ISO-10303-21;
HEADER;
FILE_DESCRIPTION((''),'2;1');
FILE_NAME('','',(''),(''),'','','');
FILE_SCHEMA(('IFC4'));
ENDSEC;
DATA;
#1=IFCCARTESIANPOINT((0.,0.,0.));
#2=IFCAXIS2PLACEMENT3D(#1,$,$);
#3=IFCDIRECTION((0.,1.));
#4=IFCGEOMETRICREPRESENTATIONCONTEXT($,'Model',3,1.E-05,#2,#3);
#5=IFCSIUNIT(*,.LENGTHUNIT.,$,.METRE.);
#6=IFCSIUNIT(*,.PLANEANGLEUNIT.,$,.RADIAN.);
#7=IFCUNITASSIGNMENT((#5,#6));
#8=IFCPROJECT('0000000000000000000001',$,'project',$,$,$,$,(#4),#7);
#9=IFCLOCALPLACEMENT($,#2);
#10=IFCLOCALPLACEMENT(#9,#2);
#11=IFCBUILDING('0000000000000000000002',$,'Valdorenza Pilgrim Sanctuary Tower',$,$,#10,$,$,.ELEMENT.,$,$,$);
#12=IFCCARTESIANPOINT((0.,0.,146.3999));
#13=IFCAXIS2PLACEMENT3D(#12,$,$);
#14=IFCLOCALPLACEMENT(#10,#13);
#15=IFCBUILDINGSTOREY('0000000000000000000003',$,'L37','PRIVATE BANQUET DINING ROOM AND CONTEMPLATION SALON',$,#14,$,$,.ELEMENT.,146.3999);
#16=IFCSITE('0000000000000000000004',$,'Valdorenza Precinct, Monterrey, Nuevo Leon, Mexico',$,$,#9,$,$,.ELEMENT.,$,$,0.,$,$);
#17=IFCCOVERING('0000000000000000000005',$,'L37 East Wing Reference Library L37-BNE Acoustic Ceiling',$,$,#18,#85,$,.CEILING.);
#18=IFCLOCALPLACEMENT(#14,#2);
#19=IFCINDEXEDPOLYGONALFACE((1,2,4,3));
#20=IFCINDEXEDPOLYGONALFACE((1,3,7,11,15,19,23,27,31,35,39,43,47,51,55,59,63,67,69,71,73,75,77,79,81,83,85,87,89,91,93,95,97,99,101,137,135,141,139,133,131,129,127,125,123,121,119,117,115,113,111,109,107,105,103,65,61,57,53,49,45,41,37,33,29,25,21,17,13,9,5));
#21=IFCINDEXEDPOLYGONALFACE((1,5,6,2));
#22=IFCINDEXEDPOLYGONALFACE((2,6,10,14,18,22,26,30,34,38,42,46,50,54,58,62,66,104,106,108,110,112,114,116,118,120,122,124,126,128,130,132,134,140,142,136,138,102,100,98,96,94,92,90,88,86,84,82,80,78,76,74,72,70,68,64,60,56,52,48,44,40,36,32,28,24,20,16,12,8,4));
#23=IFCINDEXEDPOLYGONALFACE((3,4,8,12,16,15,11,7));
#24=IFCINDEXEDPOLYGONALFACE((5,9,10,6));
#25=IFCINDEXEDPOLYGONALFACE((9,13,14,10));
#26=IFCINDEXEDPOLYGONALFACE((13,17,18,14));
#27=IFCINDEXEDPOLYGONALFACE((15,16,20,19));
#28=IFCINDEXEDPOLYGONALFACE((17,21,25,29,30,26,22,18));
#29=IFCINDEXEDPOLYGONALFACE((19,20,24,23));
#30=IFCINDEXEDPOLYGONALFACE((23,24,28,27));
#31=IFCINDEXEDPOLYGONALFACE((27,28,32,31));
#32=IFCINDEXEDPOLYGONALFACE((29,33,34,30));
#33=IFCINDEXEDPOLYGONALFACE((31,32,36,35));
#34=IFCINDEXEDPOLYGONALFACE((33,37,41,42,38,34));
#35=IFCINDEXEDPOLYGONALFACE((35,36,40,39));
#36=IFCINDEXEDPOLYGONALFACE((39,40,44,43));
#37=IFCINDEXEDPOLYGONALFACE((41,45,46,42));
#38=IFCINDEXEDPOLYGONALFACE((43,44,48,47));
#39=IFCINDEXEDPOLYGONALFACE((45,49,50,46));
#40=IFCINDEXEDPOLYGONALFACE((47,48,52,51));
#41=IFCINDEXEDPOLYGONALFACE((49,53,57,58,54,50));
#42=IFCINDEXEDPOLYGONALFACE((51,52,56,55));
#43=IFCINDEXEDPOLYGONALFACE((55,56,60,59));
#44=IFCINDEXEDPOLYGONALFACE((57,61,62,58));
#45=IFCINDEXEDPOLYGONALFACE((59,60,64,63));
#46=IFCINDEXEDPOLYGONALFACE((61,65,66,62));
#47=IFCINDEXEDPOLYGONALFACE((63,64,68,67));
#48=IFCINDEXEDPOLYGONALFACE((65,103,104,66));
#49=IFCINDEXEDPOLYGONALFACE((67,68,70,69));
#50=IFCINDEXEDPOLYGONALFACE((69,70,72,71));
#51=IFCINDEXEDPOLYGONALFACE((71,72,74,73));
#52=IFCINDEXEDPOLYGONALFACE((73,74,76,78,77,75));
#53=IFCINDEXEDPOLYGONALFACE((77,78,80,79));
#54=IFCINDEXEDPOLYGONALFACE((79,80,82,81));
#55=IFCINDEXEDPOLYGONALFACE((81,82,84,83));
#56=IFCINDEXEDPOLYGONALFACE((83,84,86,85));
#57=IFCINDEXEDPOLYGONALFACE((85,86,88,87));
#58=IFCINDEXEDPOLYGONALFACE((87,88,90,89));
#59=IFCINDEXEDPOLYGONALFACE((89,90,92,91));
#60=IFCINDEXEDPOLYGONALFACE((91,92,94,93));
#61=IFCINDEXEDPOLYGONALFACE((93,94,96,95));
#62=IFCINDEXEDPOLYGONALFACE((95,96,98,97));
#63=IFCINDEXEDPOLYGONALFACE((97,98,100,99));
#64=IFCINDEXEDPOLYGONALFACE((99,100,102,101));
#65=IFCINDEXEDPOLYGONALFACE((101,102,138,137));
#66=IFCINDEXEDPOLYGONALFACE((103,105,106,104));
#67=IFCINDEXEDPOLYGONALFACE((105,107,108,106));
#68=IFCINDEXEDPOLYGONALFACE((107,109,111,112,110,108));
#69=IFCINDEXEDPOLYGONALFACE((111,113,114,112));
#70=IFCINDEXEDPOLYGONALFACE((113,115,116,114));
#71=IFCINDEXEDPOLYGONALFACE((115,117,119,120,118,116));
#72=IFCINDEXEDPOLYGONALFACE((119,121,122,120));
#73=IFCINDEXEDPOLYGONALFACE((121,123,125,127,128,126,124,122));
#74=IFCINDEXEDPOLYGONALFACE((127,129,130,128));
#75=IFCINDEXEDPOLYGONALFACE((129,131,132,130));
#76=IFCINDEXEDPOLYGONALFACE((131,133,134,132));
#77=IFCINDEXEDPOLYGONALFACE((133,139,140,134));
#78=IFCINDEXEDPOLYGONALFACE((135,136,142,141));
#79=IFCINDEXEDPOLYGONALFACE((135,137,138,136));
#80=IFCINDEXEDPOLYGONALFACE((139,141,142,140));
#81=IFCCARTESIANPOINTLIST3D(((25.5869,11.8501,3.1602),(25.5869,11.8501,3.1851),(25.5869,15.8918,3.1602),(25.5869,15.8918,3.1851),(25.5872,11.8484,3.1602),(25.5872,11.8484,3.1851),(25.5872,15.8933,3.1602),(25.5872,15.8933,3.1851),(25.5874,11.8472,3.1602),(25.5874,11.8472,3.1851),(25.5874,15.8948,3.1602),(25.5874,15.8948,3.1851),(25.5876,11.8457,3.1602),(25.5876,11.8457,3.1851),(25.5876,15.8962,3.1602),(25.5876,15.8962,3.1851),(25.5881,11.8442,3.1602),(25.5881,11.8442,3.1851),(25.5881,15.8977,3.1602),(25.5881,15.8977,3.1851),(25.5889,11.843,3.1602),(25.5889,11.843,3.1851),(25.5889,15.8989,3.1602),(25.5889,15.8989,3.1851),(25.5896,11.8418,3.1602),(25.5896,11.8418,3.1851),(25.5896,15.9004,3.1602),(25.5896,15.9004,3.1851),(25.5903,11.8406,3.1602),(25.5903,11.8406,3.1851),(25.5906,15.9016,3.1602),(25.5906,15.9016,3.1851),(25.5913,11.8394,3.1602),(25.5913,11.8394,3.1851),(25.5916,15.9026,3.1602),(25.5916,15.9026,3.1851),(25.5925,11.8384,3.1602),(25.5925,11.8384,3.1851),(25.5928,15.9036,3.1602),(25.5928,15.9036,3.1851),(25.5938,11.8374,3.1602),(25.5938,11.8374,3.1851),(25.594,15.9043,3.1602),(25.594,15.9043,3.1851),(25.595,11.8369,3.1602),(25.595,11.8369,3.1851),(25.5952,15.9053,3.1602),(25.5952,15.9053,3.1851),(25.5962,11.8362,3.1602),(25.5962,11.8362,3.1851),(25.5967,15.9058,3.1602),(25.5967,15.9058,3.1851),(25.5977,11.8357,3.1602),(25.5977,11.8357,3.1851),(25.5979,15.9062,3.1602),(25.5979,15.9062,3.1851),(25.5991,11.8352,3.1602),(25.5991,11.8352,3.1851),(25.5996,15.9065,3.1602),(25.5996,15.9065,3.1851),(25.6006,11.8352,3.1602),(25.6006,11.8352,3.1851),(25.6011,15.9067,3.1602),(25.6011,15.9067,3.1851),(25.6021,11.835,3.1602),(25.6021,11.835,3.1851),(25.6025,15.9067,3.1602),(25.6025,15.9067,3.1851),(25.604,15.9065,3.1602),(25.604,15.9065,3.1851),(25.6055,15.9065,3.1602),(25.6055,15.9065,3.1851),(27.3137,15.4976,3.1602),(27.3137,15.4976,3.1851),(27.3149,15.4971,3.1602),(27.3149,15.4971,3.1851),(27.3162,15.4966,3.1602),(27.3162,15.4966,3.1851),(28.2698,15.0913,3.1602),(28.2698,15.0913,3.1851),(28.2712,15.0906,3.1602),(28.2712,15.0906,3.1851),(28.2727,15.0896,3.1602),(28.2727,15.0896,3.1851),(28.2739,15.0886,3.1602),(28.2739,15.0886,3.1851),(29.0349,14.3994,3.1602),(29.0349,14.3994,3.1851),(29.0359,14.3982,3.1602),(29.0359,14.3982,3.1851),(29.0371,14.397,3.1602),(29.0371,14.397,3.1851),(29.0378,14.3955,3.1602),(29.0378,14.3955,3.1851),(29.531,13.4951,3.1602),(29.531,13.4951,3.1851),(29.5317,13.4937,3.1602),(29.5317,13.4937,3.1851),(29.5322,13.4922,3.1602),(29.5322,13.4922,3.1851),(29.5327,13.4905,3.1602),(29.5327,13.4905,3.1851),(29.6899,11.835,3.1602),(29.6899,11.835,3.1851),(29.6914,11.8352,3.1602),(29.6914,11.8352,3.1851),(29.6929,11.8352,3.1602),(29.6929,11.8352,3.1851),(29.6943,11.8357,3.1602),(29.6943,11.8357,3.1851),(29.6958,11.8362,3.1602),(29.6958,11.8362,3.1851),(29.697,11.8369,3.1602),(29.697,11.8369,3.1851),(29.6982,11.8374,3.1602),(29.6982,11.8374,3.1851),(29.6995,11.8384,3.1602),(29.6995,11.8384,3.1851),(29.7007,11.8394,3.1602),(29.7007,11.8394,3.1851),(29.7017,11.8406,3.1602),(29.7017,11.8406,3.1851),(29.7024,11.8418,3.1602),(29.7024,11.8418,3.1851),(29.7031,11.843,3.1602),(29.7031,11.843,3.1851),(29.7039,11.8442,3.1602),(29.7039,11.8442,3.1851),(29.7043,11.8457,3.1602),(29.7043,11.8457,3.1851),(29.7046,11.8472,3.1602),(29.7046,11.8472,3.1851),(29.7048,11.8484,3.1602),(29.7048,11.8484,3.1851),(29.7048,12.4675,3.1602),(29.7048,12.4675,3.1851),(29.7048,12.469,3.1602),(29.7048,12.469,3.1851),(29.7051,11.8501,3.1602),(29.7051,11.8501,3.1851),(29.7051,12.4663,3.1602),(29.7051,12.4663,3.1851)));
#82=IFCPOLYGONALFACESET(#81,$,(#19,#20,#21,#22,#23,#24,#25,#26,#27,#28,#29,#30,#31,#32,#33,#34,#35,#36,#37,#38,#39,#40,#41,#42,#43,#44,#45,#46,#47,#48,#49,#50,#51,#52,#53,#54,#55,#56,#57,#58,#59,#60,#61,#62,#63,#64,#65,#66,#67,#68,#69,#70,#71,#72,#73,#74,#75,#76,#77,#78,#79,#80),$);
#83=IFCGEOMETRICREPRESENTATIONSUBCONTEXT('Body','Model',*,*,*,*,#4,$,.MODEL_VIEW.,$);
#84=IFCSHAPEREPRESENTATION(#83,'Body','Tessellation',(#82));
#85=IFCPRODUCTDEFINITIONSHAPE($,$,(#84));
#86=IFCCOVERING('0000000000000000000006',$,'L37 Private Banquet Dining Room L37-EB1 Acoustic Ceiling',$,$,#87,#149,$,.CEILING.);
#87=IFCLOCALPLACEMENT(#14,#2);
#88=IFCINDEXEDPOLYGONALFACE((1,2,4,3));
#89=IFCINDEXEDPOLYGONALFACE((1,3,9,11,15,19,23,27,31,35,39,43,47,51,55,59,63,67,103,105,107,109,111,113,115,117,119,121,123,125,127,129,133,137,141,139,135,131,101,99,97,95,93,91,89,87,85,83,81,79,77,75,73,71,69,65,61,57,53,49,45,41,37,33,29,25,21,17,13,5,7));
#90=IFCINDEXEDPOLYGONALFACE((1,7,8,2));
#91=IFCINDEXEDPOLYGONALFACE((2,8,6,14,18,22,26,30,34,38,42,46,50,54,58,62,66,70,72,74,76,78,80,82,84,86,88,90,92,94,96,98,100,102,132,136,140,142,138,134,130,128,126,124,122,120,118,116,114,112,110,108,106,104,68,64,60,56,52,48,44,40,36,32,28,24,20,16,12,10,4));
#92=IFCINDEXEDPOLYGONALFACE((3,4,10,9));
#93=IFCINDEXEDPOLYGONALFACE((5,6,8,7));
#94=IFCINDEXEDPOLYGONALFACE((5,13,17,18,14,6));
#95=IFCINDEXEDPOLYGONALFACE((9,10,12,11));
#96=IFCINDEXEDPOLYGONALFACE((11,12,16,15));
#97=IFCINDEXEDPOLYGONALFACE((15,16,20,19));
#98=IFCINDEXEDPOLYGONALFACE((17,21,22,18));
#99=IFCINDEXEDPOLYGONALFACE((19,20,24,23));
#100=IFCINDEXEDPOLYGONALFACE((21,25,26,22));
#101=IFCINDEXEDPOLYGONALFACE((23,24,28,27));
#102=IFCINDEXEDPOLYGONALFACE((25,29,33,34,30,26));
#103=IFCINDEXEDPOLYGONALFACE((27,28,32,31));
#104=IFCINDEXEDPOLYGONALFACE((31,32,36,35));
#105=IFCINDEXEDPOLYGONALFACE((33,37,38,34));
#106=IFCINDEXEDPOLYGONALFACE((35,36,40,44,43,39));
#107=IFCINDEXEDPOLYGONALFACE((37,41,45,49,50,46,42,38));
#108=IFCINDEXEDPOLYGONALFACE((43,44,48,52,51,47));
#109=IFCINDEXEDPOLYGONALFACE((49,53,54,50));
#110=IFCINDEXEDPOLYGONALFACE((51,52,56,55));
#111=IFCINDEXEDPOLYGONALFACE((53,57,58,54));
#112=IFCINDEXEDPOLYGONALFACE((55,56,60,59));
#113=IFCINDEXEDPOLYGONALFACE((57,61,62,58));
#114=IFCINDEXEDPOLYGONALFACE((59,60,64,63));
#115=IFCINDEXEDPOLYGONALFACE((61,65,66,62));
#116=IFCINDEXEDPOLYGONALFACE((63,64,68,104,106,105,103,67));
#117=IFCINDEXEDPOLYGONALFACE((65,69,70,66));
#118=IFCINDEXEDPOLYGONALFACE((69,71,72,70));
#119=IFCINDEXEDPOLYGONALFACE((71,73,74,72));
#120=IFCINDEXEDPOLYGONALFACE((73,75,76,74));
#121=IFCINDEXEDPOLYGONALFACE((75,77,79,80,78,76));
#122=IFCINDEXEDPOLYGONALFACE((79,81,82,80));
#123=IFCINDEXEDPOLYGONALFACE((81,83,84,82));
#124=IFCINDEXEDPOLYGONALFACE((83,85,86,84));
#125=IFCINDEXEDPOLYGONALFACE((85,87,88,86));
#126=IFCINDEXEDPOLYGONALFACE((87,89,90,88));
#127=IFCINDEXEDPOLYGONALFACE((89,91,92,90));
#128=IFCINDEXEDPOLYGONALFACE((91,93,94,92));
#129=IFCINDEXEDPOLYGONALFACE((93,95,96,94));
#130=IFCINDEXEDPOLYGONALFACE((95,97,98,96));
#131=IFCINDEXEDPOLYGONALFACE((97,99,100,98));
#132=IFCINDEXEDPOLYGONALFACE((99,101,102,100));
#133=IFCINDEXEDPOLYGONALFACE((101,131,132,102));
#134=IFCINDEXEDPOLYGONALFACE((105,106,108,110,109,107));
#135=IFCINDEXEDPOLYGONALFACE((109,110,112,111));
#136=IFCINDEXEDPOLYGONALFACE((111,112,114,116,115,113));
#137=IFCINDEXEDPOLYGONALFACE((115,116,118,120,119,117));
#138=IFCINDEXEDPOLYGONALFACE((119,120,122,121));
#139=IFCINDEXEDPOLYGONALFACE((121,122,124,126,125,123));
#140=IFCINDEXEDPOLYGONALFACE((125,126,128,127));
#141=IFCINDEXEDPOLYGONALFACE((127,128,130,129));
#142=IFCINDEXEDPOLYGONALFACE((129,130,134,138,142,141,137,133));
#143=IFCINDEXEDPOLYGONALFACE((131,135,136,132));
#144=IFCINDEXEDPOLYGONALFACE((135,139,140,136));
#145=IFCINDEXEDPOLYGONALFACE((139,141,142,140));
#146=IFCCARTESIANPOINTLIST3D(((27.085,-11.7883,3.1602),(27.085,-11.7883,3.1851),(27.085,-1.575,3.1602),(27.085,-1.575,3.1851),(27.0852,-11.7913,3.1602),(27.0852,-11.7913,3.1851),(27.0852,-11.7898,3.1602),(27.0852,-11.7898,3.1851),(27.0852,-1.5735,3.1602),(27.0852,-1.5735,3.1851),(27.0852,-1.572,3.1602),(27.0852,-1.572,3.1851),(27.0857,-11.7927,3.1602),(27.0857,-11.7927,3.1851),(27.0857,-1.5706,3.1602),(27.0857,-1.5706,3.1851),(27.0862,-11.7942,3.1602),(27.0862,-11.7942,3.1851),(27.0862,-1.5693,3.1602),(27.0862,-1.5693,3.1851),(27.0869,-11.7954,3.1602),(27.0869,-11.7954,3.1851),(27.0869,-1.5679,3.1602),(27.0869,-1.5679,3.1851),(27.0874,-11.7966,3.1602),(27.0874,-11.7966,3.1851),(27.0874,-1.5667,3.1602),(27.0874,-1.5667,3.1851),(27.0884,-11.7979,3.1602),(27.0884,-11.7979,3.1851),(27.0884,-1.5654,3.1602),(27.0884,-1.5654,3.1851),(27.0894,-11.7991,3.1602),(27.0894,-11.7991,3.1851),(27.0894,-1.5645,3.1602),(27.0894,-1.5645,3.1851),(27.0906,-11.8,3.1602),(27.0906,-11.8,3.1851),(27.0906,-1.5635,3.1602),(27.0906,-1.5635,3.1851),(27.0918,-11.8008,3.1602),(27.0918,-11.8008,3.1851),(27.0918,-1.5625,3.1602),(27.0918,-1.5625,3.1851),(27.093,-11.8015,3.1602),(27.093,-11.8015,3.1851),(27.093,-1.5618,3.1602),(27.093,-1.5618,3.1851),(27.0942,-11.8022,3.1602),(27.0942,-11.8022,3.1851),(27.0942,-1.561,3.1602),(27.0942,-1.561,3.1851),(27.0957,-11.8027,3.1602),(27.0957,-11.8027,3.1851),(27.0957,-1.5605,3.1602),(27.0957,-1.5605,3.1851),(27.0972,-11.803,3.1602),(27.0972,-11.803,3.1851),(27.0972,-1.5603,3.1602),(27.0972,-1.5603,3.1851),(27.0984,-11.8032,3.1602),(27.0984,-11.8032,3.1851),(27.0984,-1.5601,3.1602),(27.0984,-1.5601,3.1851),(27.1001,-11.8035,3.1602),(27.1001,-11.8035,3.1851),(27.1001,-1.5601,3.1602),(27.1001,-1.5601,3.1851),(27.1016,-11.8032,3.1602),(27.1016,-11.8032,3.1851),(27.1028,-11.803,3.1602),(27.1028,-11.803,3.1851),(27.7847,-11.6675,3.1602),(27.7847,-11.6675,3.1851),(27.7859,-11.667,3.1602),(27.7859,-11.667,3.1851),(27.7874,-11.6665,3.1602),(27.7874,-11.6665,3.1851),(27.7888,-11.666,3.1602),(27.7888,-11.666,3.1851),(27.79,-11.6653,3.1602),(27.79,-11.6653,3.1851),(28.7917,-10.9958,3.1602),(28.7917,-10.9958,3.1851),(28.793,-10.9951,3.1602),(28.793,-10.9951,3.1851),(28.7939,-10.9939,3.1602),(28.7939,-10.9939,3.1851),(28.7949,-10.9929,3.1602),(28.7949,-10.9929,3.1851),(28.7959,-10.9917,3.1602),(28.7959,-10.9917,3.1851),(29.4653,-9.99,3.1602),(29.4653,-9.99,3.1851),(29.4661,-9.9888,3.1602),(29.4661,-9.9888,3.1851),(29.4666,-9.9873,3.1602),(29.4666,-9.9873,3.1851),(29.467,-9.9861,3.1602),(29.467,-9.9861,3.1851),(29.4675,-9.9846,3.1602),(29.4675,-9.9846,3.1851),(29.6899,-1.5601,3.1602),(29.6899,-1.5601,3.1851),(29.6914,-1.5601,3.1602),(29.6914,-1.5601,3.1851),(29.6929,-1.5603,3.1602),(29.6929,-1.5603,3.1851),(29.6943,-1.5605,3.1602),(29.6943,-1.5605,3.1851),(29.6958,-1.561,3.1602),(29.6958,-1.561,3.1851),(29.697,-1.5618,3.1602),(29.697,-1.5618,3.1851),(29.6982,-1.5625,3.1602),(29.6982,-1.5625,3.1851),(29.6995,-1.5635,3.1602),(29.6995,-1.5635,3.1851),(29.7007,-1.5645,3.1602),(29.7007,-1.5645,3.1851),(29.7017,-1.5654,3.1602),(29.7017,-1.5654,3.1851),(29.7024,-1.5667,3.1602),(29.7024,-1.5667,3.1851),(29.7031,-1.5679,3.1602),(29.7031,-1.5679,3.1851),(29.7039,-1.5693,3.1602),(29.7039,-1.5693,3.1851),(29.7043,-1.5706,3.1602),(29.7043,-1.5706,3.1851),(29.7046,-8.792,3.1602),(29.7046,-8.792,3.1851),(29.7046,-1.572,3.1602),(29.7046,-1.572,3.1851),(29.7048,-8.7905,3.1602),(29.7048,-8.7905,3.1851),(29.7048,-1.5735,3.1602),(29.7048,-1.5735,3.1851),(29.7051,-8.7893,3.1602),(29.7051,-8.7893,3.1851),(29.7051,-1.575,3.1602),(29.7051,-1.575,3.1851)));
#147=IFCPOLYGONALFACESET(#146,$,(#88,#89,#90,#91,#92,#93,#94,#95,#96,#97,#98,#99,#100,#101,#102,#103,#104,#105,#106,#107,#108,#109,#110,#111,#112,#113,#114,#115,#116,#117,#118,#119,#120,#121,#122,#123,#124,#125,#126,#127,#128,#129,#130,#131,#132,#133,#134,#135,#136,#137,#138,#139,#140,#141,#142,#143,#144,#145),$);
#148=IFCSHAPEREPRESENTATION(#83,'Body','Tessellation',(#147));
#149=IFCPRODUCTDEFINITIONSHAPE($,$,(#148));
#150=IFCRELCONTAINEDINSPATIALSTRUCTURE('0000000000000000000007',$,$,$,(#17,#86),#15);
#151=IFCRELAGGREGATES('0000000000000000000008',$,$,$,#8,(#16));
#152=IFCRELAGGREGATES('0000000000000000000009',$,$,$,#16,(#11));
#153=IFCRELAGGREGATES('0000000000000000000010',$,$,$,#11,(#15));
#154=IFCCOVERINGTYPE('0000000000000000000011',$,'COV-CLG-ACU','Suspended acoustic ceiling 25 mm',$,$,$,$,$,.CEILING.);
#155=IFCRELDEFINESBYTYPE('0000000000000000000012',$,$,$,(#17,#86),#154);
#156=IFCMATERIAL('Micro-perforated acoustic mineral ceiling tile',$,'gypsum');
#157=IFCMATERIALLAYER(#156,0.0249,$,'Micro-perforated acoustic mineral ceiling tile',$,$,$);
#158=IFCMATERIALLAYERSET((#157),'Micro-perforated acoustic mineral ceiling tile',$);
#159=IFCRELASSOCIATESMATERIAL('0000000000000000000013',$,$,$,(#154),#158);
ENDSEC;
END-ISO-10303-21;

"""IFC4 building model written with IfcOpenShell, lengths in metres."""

from ifc_helpers import new_model, si_unit, direction, frame, origin, place, context, subcontext, project, spatial, polyline, outline, extrude, material, layer, layer_set, type_object, element, save


model = new_model("IFC4")

# Units and contexts
model_context = context("Model", 3, precision=1e-05, world=origin(), true_north=direction((0.0, 1.0)))
body_context = subcontext(model_context, "Body", "Model", "MODEL_VIEW")
ifc_project = project(units=[si_unit("LENGTHUNIT", "METRE"), si_unit("PLANEANGLEUNIT", "RADIAN")], contexts=[model_context])

# Site, building, storey
site_placement = place(None, origin())
site = spatial("IfcSite", under=ifc_project, at=site_placement, Name="Valdorenza Precinct, Monterrey, Nuevo Leon, Mexico", CompositionType="ELEMENT", RefElevation=0.0)
building_placement = place(site_placement, origin())
building = spatial("IfcBuilding", under=site, at=building_placement, Name="Valdorenza Pilgrim Sanctuary Tower", CompositionType="ELEMENT")
storey_placement = place(building_placement, frame((0.0, 0.0, 146.3999)))
storey = spatial("IfcBuildingStorey", under=building, at=storey_placement, Name="L37", Description="PRIVATE BANQUET DINING ROOM AND CONTEMPLATION SALON", CompositionType="ELEMENT", Elevation=146.3999)

# Coverings
ifc_material_1 = material(Name="Micro-perforated acoustic mineral ceiling tile", Category="gypsum")
ifc_layer_1 = layer(ifc_material_1, 0.0249, Name="Micro-perforated acoustic mineral ceiling tile")
ifc_layer_set_1 = layer_set([ifc_layer_1], Name="Micro-perforated acoustic mineral ceiling tile")
covering_type_1 = type_object("IfcCoveringType", Name="COV-CLG-ACU", Description="Suspended acoustic ceiling 25 mm", PredefinedType="CEILING", material=ifc_layer_set_1)
covering_1_placement = place(storey_placement, frame((0.0, 0.0, 3.1602)))
element("IfcCovering", 1, at=covering_1_placement, inside=storey, type_object=covering_type_1, Name="L37 East Wing Reference Library L37-BNE Acoustic Ceiling", PredefinedType="CEILING", context=body_context, shape_type="SweptSolid", body=[
    extrude(outline(polyline([(27.3137, 15.4976), (27.3149, 15.4971), (27.3162, 15.4966), (28.2698, 15.0913), (28.2712, 15.0906), (28.2727, 15.0896), (28.2739, 15.0886), (29.0349, 14.3994), (29.0359, 14.3982), (29.0371, 14.397), (29.0378, 14.3955), (29.531, 13.4951), (29.5317, 13.4937), (29.5322, 13.4922), (29.5327, 13.4905), (29.7048, 12.469), (29.7048, 12.4675), (29.7051, 12.4663), (29.7051, 11.8501), (29.7048, 11.8484), (29.7046, 11.8472), (29.7043, 11.8457), (29.7039, 11.8442), (29.7031, 11.843), (29.7024, 11.8418), (29.7017, 11.8406), (29.7007, 11.8394), (29.6995, 11.8384), (29.6982, 11.8374), (29.697, 11.8369), (29.6958, 11.8362), (29.6943, 11.8357), (29.6929, 11.8352), (29.6914, 11.8352), (29.6899, 11.835), (25.6021, 11.835), (25.6006, 11.8352), (25.5991, 11.8352), (25.5977, 11.8357), (25.5962, 11.8362), (25.595, 11.8369), (25.5938, 11.8374), (25.5925, 11.8384), (25.5913, 11.8394), (25.5903, 11.8406), (25.5896, 11.8418), (25.5889, 11.843), (25.5881, 11.8442), (25.5876, 11.8457), (25.5874, 11.8472), (25.5872, 11.8484), (25.5869, 11.8501), (25.5869, 15.8918), (25.5872, 15.8933), (25.5874, 15.8948), (25.5876, 15.8962), (25.5881, 15.8977), (25.5889, 15.8989), (25.5896, 15.9004), (25.5906, 15.9016), (25.5916, 15.9026), (25.5928, 15.9036), (25.594, 15.9043), (25.5952, 15.9053), (25.5967, 15.9058), (25.5979, 15.9062), (25.5996, 15.9065), (25.6011, 15.9067), (25.6025, 15.9067), (25.604, 15.9065), (25.6055, 15.9065), (27.3137, 15.4976)])), origin(), (0.0, 0.0, 1.0), 0.0249),
])
covering_2_placement = place(storey_placement, frame((0.0, 0.0, 3.1602)))
element("IfcCovering", 2, at=covering_2_placement, inside=storey, type_object=covering_type_1, Name="L37 Private Banquet Dining Room L37-EB1 Acoustic Ceiling", PredefinedType="CEILING", context=body_context, shape_type="SweptSolid", body=[
    extrude(outline(polyline([(29.6899, -1.5601), (29.6914, -1.5601), (29.6929, -1.5603), (29.6943, -1.5605), (29.6958, -1.561), (29.697, -1.5618), (29.6982, -1.5625), (29.6995, -1.5635), (29.7007, -1.5645), (29.7017, -1.5654), (29.7024, -1.5667), (29.7031, -1.5679), (29.7039, -1.5693), (29.7043, -1.5706), (29.7046, -1.572), (29.7048, -1.5735), (29.7051, -1.575), (29.7051, -8.7893), (29.7048, -8.7905), (29.7046, -8.792), (29.4675, -9.9846), (29.467, -9.9861), (29.4666, -9.9873), (29.4661, -9.9888), (29.4653, -9.99), (28.7959, -10.9917), (28.7949, -10.9929), (28.7939, -10.9939), (28.793, -10.9951), (28.7917, -10.9958), (27.79, -11.6653), (27.7888, -11.666), (27.7874, -11.6665), (27.7859, -11.667), (27.7847, -11.6675), (27.1028, -11.803), (27.1016, -11.8032), (27.1001, -11.8035), (27.0984, -11.8032), (27.0972, -11.803), (27.0957, -11.8027), (27.0942, -11.8022), (27.093, -11.8015), (27.0918, -11.8008), (27.0906, -11.8), (27.0894, -11.7991), (27.0884, -11.7979), (27.0874, -11.7966), (27.0869, -11.7954), (27.0862, -11.7942), (27.0857, -11.7927), (27.0852, -11.7913), (27.0852, -11.7898), (27.085, -11.7883), (27.085, -1.575), (27.0852, -1.5735), (27.0852, -1.572), (27.0857, -1.5706), (27.0862, -1.5693), (27.0869, -1.5679), (27.0874, -1.5667), (27.0884, -1.5654), (27.0894, -1.5645), (27.0906, -1.5635), (27.0918, -1.5625), (27.093, -1.5618), (27.0942, -1.561), (27.0957, -1.5605), (27.0972, -1.5603), (27.0984, -1.5601), (27.1001, -1.5601), (29.6899, -1.5601)])), origin(), (0.0, 0.0, 1.0), 0.0249),
])

save(model, "model.ifc")
